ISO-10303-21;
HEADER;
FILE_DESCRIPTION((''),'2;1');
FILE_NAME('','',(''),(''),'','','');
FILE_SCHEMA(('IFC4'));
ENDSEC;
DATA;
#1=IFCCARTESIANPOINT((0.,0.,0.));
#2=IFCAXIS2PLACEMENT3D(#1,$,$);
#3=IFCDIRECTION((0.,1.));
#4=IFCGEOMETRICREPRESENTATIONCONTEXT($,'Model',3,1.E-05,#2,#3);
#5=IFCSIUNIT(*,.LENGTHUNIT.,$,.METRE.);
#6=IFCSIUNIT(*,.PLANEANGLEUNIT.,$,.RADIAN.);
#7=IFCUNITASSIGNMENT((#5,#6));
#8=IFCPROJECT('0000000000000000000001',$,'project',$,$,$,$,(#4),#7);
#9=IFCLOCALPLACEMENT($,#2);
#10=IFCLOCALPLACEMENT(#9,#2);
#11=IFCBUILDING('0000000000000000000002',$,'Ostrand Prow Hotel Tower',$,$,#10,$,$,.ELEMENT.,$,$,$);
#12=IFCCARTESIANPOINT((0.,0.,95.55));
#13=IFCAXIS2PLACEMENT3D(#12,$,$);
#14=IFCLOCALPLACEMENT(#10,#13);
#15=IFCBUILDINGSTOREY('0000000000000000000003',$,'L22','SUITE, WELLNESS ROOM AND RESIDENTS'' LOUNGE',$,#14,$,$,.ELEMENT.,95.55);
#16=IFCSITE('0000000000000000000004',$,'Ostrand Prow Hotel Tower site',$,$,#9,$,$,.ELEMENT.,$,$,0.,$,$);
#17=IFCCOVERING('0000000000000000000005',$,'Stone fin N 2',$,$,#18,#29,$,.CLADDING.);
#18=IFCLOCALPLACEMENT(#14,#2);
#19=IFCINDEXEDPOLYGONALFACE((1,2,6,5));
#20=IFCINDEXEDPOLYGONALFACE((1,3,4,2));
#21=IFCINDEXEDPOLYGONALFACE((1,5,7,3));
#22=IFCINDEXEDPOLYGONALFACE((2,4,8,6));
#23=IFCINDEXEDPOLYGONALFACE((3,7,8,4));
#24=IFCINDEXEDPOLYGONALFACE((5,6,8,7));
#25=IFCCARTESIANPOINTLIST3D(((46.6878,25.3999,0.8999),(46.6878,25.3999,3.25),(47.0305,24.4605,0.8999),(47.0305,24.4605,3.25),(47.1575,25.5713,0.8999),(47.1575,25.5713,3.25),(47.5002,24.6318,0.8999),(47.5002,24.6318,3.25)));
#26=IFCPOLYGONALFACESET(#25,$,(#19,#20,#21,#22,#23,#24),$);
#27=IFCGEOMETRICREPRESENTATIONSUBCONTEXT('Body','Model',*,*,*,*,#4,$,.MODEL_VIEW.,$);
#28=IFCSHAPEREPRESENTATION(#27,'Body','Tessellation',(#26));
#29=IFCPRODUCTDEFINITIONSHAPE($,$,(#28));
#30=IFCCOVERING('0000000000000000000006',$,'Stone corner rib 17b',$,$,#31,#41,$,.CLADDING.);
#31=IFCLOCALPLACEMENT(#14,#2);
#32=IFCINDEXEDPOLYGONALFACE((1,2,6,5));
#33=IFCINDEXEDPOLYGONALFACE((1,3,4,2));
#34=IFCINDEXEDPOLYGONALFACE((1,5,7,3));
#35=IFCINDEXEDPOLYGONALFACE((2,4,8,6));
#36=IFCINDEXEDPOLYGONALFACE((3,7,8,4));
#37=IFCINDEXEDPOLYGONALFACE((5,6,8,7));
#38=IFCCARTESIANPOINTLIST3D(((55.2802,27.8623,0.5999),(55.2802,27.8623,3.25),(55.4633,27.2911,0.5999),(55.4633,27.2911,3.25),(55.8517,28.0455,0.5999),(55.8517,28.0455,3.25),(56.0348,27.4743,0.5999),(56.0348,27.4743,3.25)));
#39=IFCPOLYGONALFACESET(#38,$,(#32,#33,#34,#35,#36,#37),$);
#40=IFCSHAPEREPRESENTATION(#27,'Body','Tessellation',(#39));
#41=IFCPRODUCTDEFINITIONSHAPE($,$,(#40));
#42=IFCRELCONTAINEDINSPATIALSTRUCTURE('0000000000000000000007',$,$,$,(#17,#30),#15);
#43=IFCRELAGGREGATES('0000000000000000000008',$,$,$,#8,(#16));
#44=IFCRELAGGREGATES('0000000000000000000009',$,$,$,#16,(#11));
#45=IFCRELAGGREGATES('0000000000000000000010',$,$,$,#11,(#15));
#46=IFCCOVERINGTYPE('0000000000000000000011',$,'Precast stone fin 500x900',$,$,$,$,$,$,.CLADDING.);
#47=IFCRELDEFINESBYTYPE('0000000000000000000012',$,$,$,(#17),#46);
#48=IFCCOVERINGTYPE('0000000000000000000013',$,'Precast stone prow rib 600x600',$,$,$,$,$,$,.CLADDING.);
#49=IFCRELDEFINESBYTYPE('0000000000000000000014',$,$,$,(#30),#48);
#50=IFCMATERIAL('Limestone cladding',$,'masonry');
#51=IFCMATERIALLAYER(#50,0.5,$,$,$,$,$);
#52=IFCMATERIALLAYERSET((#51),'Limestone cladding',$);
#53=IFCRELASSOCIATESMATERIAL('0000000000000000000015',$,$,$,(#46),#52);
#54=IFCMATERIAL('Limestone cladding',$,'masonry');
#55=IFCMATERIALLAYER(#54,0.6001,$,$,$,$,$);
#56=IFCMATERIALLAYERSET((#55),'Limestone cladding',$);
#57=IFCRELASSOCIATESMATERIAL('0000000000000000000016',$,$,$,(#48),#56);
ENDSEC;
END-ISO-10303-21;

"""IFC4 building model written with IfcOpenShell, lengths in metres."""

from ifc_helpers import new_model, si_unit, direction, frame, frame_2d, origin, place, context, subcontext, project, spatial, rectangle, extrude, material, layer, layer_set, type_object, element, save


model = new_model("IFC4")

# Units and contexts
model_context = context("Model", 3, precision=1e-05, world=origin(), true_north=direction((0.0, 1.0)))
body_context = subcontext(model_context, "Body", "Model", "MODEL_VIEW")
ifc_project = project(units=[si_unit("LENGTHUNIT", "METRE"), si_unit("PLANEANGLEUNIT", "RADIAN")], contexts=[model_context])

# Site, building, storey
site_placement = place(None, origin())
site = spatial("IfcSite", under=ifc_project, at=site_placement, Name="Ostrand Prow Hotel Tower site", CompositionType="ELEMENT", RefElevation=0.0)
building_placement = place(site_placement, origin())
building = spatial("IfcBuilding", under=site, at=building_placement, Name="Ostrand Prow Hotel Tower", CompositionType="ELEMENT")
storey_placement = place(building_placement, frame((0.0, 0.0, 95.55)))
storey = spatial("IfcBuildingStorey", under=building, at=storey_placement, Name="L22", Description="SUITE, WELLNESS ROOM AND RESIDENTS' LOUNGE", CompositionType="ELEMENT", Elevation=95.55)

# Coverings
ifc_material_1 = material(Name="Limestone cladding", Category="masonry")
ifc_layer_1 = layer(ifc_material_1, 0.5)
ifc_layer_set_1 = layer_set([ifc_layer_1], Name="Limestone cladding")
covering_type_1 = type_object("IfcCoveringType", Name="Precast stone fin 500x900", PredefinedType="CLADDING", material=ifc_layer_set_1)
covering_1_placement = place(storey_placement, frame((47.2654, 24.5461, 0.8999), z_axis=(0.0, 0.0, 1.0), x_axis=(-0.342762, 0.939422, 0.0)))
element("IfcCovering", 1, at=covering_1_placement, inside=storey, type_object=covering_type_1, Name="Stone fin N 2", PredefinedType="CLADDING", context=body_context, shape_type="SweptSolid", body=[
    extrude(rectangle(XDim=1.0, YDim=0.5, at=frame_2d((0.5, 0.0))), origin(), (0.0, 0.0, 1.0), 2.3501),
])
ifc_material_2 = material(Name="Limestone cladding", Category="masonry")
ifc_layer_2 = layer(ifc_material_2, 0.6001)
ifc_layer_set_2 = layer_set([ifc_layer_2], Name="Limestone cladding")
covering_type_2 = type_object("IfcCoveringType", Name="Precast stone prow rib 600x600", PredefinedType="CLADDING", material=ifc_layer_set_2)
covering_2_placement = place(storey_placement, frame((55.749, 27.3828, 0.5999), z_axis=(0.0, 0.0, 1.0), x_axis=(-0.305219, 0.952282, 0.0)))
element("IfcCovering", 2, at=covering_2_placement, inside=storey, type_object=covering_type_2, Name="Stone corner rib 17b", PredefinedType="CLADDING", context=body_context, shape_type="SweptSolid", body=[
    extrude(rectangle(XDim=0.5999, YDim=0.6001, at=frame_2d((0.2998, 0.0))), origin(), (0.0, 0.0, 1.0), 2.6501),
])

save(model, "model.ifc")
